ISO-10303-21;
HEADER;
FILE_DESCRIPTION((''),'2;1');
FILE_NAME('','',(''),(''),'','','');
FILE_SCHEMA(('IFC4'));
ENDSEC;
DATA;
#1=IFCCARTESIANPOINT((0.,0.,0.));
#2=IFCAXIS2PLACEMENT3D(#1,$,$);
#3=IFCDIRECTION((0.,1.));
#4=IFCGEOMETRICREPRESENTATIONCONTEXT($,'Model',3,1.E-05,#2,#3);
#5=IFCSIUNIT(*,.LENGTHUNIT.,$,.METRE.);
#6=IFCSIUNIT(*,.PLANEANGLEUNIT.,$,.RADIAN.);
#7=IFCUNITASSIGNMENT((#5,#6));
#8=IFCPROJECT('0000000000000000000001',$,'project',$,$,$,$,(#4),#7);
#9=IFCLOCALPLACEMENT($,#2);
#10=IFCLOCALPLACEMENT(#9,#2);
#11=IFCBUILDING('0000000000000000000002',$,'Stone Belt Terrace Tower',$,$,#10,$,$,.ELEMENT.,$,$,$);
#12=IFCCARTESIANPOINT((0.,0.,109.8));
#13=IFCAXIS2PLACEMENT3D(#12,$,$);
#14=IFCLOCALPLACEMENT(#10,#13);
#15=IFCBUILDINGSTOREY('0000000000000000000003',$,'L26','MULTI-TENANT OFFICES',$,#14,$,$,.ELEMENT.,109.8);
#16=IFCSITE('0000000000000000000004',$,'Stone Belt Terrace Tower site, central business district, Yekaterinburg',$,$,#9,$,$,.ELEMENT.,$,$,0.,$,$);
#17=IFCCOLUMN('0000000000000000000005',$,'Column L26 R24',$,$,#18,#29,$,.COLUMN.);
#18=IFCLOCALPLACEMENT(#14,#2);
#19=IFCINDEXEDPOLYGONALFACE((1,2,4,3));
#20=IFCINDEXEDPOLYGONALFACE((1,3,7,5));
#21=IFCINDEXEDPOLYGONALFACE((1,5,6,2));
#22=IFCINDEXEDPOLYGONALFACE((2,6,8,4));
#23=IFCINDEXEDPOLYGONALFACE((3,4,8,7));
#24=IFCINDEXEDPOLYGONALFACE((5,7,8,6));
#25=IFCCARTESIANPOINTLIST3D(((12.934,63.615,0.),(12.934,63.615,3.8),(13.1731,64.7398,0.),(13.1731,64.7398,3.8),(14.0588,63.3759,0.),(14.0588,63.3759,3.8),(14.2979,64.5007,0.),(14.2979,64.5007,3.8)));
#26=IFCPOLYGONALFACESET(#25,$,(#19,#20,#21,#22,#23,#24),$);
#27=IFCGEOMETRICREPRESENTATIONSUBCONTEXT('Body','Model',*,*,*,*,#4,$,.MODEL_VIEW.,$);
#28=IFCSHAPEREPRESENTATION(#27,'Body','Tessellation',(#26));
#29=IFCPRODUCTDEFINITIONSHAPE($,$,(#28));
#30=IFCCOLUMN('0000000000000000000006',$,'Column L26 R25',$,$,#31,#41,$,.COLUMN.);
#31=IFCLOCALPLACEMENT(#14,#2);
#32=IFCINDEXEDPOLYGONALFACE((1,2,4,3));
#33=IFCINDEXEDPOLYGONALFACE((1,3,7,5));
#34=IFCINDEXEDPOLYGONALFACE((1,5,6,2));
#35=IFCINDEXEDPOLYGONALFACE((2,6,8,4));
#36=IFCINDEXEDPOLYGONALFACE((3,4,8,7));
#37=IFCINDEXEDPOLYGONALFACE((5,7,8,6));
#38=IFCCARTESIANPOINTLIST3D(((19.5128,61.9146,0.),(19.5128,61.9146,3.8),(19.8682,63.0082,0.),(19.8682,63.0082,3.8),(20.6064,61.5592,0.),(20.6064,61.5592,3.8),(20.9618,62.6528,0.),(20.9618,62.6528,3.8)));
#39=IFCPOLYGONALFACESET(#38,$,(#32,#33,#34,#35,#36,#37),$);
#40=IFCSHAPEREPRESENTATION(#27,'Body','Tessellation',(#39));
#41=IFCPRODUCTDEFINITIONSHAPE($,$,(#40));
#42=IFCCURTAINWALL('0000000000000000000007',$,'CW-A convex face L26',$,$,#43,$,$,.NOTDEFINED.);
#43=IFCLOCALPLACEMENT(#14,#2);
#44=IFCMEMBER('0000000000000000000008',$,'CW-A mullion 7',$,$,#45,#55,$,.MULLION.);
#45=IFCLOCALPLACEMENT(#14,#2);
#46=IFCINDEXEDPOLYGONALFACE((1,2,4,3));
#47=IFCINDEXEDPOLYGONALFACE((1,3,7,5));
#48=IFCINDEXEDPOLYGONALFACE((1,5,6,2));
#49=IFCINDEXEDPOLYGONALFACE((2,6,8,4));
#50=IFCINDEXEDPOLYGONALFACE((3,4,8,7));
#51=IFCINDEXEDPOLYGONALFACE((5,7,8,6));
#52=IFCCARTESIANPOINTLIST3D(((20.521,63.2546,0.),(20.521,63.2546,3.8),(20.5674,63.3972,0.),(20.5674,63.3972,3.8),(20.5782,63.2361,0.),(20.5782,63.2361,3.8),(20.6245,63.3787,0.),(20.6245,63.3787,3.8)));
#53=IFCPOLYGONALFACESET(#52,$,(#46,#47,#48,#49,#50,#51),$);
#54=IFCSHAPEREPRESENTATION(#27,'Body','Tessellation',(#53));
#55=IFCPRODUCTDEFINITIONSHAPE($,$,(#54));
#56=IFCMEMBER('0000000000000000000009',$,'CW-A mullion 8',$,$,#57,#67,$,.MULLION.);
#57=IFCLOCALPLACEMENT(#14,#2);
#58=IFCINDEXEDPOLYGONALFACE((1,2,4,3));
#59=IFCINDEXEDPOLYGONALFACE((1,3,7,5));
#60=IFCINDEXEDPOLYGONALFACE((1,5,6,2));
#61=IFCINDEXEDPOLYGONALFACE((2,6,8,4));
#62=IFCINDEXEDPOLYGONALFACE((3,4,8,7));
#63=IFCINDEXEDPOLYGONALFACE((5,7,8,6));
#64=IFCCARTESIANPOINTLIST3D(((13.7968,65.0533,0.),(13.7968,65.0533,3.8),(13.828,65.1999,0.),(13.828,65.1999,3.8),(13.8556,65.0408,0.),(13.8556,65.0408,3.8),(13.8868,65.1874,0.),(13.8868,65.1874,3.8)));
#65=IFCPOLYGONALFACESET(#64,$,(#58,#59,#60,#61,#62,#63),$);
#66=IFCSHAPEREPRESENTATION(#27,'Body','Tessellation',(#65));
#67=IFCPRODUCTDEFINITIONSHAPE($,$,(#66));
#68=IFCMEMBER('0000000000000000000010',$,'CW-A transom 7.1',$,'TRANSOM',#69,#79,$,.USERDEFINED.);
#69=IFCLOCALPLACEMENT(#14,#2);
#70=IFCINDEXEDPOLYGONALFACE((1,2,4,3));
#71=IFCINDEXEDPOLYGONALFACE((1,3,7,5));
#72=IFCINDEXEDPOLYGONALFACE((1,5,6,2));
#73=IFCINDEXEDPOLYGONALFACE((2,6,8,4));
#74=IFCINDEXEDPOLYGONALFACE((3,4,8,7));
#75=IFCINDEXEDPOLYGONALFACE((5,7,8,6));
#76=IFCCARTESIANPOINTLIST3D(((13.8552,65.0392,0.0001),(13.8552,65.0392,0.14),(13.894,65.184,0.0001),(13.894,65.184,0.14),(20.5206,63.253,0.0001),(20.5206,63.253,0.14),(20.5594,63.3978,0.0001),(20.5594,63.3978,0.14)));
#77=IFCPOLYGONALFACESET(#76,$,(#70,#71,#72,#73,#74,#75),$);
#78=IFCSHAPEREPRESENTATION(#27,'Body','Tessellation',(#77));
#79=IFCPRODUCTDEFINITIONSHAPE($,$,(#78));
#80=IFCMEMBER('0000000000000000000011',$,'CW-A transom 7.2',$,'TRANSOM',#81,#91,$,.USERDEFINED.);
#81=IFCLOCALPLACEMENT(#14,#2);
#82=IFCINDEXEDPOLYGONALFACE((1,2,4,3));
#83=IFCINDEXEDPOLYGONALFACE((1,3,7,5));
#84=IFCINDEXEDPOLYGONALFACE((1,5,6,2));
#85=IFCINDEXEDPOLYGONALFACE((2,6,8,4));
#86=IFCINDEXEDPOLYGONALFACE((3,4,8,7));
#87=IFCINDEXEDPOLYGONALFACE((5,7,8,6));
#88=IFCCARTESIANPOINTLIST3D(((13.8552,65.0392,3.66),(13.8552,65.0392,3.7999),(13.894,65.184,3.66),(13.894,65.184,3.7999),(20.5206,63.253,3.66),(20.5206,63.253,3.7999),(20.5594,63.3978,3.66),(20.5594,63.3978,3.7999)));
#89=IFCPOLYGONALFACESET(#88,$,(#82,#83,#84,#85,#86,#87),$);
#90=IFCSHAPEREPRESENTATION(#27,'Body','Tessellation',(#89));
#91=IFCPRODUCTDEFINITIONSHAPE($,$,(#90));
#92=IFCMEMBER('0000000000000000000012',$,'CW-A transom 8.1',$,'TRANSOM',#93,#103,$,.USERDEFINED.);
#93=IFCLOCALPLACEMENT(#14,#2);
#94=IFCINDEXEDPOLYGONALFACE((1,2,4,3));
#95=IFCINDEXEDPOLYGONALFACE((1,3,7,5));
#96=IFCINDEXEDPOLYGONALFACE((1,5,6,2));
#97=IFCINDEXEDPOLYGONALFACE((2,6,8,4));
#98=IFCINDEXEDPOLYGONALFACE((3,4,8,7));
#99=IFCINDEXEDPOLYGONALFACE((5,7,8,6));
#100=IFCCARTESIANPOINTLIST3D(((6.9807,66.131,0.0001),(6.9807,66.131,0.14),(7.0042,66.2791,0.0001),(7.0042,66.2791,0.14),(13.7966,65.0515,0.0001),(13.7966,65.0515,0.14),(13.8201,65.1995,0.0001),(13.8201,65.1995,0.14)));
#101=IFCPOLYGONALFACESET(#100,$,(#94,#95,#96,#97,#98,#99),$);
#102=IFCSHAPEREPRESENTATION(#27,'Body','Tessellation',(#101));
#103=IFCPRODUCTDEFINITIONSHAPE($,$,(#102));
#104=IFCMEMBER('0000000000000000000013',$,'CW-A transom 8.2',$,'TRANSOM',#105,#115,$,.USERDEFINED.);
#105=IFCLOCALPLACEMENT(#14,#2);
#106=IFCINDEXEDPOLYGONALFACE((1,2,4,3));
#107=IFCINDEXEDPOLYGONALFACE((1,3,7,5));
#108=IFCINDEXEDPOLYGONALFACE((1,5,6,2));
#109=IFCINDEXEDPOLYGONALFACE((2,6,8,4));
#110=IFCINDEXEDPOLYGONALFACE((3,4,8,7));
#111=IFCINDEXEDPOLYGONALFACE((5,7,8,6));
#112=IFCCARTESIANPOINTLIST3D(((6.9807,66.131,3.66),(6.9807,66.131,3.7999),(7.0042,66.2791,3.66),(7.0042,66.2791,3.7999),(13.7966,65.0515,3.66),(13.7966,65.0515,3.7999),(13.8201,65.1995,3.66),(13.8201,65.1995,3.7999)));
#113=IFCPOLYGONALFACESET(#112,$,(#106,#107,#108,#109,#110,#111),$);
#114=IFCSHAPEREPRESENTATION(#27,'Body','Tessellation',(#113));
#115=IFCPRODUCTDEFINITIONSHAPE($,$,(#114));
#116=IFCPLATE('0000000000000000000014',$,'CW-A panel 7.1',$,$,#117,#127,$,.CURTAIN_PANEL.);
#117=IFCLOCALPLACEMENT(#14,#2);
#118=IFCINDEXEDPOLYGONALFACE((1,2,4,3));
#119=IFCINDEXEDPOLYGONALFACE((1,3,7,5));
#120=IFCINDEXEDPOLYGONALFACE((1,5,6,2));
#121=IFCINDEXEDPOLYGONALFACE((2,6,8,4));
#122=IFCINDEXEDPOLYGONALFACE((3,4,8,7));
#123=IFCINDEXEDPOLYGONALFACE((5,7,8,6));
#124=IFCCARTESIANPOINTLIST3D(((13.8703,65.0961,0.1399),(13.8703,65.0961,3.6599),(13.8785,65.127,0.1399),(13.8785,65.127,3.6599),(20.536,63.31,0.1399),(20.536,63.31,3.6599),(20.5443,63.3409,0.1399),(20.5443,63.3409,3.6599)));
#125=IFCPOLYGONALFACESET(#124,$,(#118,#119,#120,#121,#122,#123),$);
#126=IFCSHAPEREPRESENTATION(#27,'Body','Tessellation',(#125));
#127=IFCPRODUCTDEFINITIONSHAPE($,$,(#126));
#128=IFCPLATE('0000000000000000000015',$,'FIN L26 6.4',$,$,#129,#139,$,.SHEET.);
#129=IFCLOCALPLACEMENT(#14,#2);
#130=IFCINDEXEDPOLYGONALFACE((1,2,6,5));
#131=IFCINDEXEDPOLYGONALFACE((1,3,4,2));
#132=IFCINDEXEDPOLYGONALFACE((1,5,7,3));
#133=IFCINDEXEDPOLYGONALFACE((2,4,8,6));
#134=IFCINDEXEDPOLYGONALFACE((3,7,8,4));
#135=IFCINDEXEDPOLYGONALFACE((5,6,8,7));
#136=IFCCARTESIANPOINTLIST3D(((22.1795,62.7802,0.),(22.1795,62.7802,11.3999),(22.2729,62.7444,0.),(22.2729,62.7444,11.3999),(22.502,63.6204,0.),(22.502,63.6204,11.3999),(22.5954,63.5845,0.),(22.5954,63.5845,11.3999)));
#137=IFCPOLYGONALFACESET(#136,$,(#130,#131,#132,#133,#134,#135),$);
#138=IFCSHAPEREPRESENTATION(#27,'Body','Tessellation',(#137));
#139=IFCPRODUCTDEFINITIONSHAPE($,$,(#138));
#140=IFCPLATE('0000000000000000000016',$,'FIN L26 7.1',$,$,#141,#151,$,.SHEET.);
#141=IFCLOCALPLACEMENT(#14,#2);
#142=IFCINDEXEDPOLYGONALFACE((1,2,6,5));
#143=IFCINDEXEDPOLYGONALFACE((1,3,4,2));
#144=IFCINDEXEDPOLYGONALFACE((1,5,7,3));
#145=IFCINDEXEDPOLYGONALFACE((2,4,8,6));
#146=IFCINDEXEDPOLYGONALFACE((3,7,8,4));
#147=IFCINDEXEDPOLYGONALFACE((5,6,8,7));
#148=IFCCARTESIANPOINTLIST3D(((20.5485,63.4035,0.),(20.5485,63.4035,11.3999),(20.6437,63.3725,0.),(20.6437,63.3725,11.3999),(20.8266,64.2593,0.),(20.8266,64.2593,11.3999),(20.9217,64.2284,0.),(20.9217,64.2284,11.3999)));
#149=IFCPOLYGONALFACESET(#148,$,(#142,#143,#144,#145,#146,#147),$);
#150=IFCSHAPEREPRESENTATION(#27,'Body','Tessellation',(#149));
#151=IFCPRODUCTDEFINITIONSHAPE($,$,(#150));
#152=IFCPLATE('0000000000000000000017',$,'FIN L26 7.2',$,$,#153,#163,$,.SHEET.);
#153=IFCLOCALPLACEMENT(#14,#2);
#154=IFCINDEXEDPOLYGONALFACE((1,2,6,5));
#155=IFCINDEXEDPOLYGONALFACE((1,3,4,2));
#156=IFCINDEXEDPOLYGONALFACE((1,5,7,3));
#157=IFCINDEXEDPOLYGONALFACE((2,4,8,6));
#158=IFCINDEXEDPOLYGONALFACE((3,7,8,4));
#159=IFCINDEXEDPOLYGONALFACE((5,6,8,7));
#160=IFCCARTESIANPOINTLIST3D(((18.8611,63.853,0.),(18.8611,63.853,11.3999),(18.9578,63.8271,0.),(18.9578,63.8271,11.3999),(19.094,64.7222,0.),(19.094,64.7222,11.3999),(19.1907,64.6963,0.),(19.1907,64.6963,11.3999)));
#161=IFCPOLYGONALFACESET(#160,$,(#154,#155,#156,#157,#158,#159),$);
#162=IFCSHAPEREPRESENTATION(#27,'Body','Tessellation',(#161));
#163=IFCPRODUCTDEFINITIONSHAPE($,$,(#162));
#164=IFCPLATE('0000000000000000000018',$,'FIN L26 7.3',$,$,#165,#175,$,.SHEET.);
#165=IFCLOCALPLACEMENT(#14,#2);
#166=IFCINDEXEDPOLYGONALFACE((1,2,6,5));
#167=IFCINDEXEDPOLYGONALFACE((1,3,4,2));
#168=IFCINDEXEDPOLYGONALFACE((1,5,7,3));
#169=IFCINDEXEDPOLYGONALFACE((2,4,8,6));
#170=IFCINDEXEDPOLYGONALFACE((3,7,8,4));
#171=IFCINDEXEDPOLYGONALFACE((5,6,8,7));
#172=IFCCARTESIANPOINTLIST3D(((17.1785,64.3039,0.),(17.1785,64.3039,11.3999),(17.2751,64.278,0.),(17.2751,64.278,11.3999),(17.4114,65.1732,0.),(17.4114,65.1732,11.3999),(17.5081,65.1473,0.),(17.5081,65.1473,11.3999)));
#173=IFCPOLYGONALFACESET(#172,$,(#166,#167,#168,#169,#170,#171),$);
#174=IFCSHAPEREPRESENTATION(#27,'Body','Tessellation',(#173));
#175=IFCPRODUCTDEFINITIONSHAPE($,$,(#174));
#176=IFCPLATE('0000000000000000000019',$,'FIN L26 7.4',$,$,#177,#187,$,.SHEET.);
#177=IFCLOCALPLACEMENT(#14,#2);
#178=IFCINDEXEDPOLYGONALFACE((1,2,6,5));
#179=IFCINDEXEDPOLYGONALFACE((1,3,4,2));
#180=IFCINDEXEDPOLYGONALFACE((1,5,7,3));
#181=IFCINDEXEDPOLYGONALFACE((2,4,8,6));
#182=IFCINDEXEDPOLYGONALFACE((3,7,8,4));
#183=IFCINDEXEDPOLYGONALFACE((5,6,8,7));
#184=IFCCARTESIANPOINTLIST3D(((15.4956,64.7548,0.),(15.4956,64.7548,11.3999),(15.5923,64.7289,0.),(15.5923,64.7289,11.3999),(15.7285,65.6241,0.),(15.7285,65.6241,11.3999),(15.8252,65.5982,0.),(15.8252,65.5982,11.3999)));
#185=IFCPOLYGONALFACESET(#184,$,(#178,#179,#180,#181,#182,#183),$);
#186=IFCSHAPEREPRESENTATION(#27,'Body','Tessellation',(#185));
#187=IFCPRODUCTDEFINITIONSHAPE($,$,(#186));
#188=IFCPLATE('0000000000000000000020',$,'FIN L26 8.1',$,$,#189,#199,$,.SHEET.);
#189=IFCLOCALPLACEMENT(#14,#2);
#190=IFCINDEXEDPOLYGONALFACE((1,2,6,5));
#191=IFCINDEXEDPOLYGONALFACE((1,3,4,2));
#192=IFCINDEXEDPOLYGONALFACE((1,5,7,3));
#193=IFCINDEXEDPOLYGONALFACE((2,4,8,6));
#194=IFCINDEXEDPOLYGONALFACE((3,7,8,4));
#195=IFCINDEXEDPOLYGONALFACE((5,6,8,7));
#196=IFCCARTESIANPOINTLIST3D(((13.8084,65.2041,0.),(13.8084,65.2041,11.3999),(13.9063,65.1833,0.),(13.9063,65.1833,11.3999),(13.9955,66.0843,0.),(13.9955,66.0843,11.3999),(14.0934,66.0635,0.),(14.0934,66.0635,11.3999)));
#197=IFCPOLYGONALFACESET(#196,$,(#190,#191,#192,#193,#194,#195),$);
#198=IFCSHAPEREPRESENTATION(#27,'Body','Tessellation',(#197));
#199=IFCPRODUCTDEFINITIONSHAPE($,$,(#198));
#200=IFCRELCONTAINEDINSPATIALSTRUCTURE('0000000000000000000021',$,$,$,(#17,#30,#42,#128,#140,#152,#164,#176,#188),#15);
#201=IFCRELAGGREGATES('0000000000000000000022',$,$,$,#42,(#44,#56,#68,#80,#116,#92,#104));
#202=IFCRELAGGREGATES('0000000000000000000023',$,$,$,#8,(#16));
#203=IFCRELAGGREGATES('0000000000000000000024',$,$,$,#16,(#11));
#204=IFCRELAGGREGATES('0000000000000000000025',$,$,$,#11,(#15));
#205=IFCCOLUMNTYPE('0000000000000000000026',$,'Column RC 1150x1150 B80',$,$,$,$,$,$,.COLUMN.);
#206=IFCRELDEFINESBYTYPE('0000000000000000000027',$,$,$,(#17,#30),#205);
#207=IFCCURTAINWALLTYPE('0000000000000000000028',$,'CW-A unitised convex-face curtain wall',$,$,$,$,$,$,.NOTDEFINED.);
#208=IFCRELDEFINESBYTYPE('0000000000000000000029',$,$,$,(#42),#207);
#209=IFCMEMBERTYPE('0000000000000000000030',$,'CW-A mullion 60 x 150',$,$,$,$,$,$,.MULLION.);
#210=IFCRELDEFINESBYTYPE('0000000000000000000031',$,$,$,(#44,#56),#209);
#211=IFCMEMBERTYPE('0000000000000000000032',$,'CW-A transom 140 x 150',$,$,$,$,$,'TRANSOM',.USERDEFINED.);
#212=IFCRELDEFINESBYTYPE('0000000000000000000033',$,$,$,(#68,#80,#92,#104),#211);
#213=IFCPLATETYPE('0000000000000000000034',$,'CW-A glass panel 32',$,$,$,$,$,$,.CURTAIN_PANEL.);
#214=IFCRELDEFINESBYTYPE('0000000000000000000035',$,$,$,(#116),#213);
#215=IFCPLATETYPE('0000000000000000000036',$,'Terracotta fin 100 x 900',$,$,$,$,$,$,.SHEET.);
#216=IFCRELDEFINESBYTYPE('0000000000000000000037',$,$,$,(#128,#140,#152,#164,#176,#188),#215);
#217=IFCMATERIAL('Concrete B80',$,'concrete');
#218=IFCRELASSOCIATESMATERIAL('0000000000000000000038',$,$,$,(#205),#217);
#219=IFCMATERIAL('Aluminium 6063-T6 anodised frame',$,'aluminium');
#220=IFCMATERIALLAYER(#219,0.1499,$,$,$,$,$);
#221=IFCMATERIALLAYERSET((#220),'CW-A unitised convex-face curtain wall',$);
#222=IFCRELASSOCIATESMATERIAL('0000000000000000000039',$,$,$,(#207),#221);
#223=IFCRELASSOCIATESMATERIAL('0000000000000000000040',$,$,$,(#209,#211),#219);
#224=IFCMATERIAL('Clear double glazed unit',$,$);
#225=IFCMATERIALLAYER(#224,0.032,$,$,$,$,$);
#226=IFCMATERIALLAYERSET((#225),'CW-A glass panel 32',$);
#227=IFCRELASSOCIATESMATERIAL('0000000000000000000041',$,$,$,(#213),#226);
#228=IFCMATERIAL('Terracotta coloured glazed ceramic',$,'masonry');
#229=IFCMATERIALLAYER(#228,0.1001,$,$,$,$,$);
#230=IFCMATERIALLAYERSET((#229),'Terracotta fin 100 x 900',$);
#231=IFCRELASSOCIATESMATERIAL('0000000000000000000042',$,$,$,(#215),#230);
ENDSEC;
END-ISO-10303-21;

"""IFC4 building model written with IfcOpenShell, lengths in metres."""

from ifc_helpers import new_model, si_unit, direction, frame, origin, origin_2d, place, context, subcontext, project, spatial, rectangle, extrude, material, layer, layer_set, material_profile, profile_set, type_object, element, aggregate, save


model = new_model("IFC4")

# Units and contexts
model_context = context("Model", 3, precision=1e-05, world=origin(), true_north=direction((0.0, 1.0)))
body_context = subcontext(model_context, "Body", "Model", "MODEL_VIEW")
ifc_project = project(units=[si_unit("LENGTHUNIT", "METRE"), si_unit("PLANEANGLEUNIT", "RADIAN")], contexts=[model_context])

# Site, building, storey
site_placement = place(None, origin())
site = spatial("IfcSite", under=ifc_project, at=site_placement, Name="Stone Belt Terrace Tower site, central business district, Yekaterinburg", CompositionType="ELEMENT", RefElevation=0.0)
building_placement = place(site_placement, origin())
building = spatial("IfcBuilding", under=site, at=building_placement, Name="Stone Belt Terrace Tower", CompositionType="ELEMENT")
storey_placement = place(building_placement, frame((0.0, 0.0, 109.8)))
storey = spatial("IfcBuildingStorey", under=building, at=storey_placement, Name="L26", Description="MULTI-TENANT OFFICES", CompositionType="ELEMENT", Elevation=109.8)

# Columns
ifc_material_1 = material(Name="Concrete B80", Category="concrete")
ifc_material_profile_1 = material_profile(ifc_material_1, rectangle(XDim=1.1499, YDim=1.1499, at=origin_2d()), Name="RC 1150x1150")
ifc_profile_set_1 = profile_set([ifc_material_profile_1], Name="Concrete B80")
column_type = type_object("IfcColumnType", Name="Column RC 1150x1150 B80", PredefinedType="COLUMN", material=ifc_profile_set_1)
for number, where, z_axis, x_axis, name in (
    (1, (13.616, 64.0579, 0.0), (0.0, 0.0, 1.0), (0.978148, -0.207912, 0.0), "Column L26 R24"),
    (2, (20.2373, 62.2837, 0.0), (0.0, 0.0, 1.0), (0.951057, -0.309017, 0.0), "Column L26 R25"),
):
    element("IfcColumn", number, at=place(storey_placement, frame(where, z_axis=z_axis, x_axis=x_axis)), inside=storey, type_object=column_type, Name=name, PredefinedType="COLUMN", context=body_context, shape_type="SweptSolid", body=[
        extrude(rectangle(XDim=1.1499, YDim=1.1499, at=origin_2d()), origin(), (0.0, 0.0, 1.0), 3.8),
    ])

# Curtain wall, members, plate
ifc_material_2 = material(Name="Aluminium 6063-T6 anodised frame", Category="aluminium")
ifc_layer_1 = layer(ifc_material_2, 0.1499)
ifc_layer_set_1 = layer_set([ifc_layer_1], Name="CW-A unitised convex-face curtain wall")
curtain_wall_type = type_object("IfcCurtainWallType", Name="CW-A unitised convex-face curtain wall", PredefinedType="NOTDEFINED", material=ifc_layer_set_1)
curtain_wall_placement = place(storey_placement, origin())
curtain_wall = element("IfcCurtainWall", 3, at=curtain_wall_placement, inside=storey, type_object=curtain_wall_type, Name="CW-A convex face L26", PredefinedType="NOTDEFINED")
ifc_material_profile_2 = material_profile(ifc_material_2, rectangle(XDim=0.1499, YDim=0.0601, at=origin_2d()), Name="Aluminium 6063-T6 60x150")
ifc_profile_set_2 = profile_set([ifc_material_profile_2], Name="Aluminium 6063-T6 anodised frame")
member_type_1 = type_object("IfcMemberType", Name="CW-A mullion 60 x 150", PredefinedType="MULLION", material=ifc_profile_set_2)
member_1_placement = place(storey_placement, frame((20.5728, 63.3167, 0.0), z_axis=(0.0, 0.0, 1.0), x_axis=(-0.309017, -0.951057, 0.0)))
member_1 = element("IfcMember", 4, at=member_1_placement, type_object=member_type_1, Name="CW-A mullion 7", PredefinedType="MULLION", context=body_context, shape_type="SweptSolid", body=[
    extrude(rectangle(XDim=0.1499, YDim=0.0601, at=origin_2d()), origin(), (0.0, 0.0, 1.0), 3.8),
])
member_2_placement = place(storey_placement, frame((13.8418, 65.1204, 0.0), z_axis=(0.0, 0.0, 1.0), x_axis=(-0.207912, -0.978148, 0.0)))
member_2 = element("IfcMember", 5, at=member_2_placement, type_object=member_type_1, Name="CW-A mullion 8", PredefinedType="MULLION", context=body_context, shape_type="SweptSolid", body=[
    extrude(rectangle(XDim=0.1499, YDim=0.0601, at=origin_2d()), origin(), (0.0, 0.0, 1.0), 3.8),
])
ifc_material_profile_3 = material_profile(ifc_material_2, rectangle(XDim=0.1499, YDim=0.1399, at=origin_2d()), Name="Aluminium 6063-T6 150x140")
ifc_profile_set_3 = profile_set([ifc_material_profile_3], Name="Aluminium 6063-T6 anodised frame")
member_type_2 = type_object("IfcMemberType", Name="CW-A transom 140 x 150", ElementType="TRANSOM", PredefinedType="USERDEFINED", material=ifc_profile_set_3)
member_3_placement = place(storey_placement, frame((20.54, 63.3254, 0.0701), z_axis=(-0.965922, 0.258834, 0.0), x_axis=(-0.258834, -0.965922, 0.0)))
member_3 = element("IfcMember", 6, at=member_3_placement, type_object=member_type_2, Name="CW-A transom 7.1", ObjectType="TRANSOM", PredefinedType="USERDEFINED", context=body_context, shape_type="SweptSolid", body=[
    extrude(rectangle(XDim=0.1499, YDim=0.1399, at=origin_2d()), origin(), (0.0, 0.0, 1.0), 6.9006),
])
member_4_placement = place(storey_placement, frame((20.54, 63.3254, 3.73), z_axis=(-0.965922, 0.258834, 0.0), x_axis=(-0.258834, -0.965922, 0.0)))
member_4 = element("IfcMember", 7, at=member_4_placement, type_object=member_type_2, Name="CW-A transom 7.2", ObjectType="TRANSOM", PredefinedType="USERDEFINED", context=body_context, shape_type="SweptSolid", body=[
    extrude(rectangle(XDim=0.1499, YDim=0.1399, at=origin_2d()), origin(), (0.0, 0.0, 1.0), 6.9006),
])
member_5_placement = place(storey_placement, frame((13.8083, 65.1255, 0.0701), z_axis=(-0.987687, 0.156442, 0.0), x_axis=(-0.156442, -0.987687, 0.0)))
member_5 = element("IfcMember", 8, at=member_5_placement, type_object=member_type_2, Name="CW-A transom 8.1", ObjectType="TRANSOM", PredefinedType="USERDEFINED", context=body_context, shape_type="SweptSolid", body=[
    extrude(rectangle(XDim=0.1499, YDim=0.1399, at=origin_2d()), origin(), (0.0, 0.0, 1.0), 6.9009),
])
member_6_placement = place(storey_placement, frame((13.8083, 65.1255, 3.73), z_axis=(-0.987687, 0.156442, 0.0), x_axis=(-0.156442, -0.987687, 0.0)))
member_6 = element("IfcMember", 9, at=member_6_placement, type_object=member_type_2, Name="CW-A transom 8.2", ObjectType="TRANSOM", PredefinedType="USERDEFINED", context=body_context, shape_type="SweptSolid", body=[
    extrude(rectangle(XDim=0.1499, YDim=0.1399, at=origin_2d()), origin(), (0.0, 0.0, 1.0), 6.9009),
])
ifc_material_3 = material(Name="Clear double glazed unit")
ifc_layer_2 = layer(ifc_material_3, 0.032)
ifc_layer_set_2 = layer_set([ifc_layer_2], Name="CW-A glass panel 32")
plate_type_1 = type_object("IfcPlateType", Name="CW-A glass panel 32", PredefinedType="CURTAIN_PANEL", material=ifc_layer_set_2)
plate_placement = place(storey_placement, frame((17.2073, 64.2185, 0.1399), z_axis=(0.0, 0.0, 1.0), x_axis=(-0.965926, 0.258819, 0.0)))
plate = element("IfcPlate", 10, at=plate_placement, type_object=plate_type_1, Name="CW-A panel 7.1", PredefinedType="CURTAIN_PANEL", context=body_context, shape_type="SweptSolid", body=[
    extrude(rectangle(XDim=6.9009, YDim=0.032, at=origin_2d()), origin(), (0.0, 0.0, 1.0), 3.52),
])
aggregate(curtain_wall, [member_1, member_2, member_3, member_4, plate, member_5, member_6])

# Plates
ifc_material_4 = material(Name="Terracotta coloured glazed ceramic", Category="masonry")
ifc_layer_3 = layer(ifc_material_4, 0.1001)
ifc_layer_set_3 = layer_set([ifc_layer_3], Name="Terracotta fin 100 x 900")
plate_type_2 = type_object("IfcPlateType", Name="Terracotta fin 100 x 900", PredefinedType="SHEET", material=ifc_layer_set_3)
for number, where, z_axis, x_axis, name in (
    (11, (22.3875, 63.1824, 0.0), (0.0, 0.0, 1.0), (0.358368, 0.93358, 0.0), "FIN L26 6.4"),
    (12, (20.7351, 63.8159, 0.0), (0.0, 0.0, 1.0), (0.309017, 0.951057, 0.0), "FIN L26 7.1"),
    (13, (19.0259, 64.2747, 0.0), (0.0, 0.0, 1.0), (0.258819, 0.965926, 0.0), "FIN L26 7.2"),
    (14, (17.3433, 64.7256, 0.0), (0.0, 0.0, 1.0), (0.258819, 0.965926, 0.0), "FIN L26 7.3"),
    (15, (15.6604, 65.1765, 0.0), (0.0, 0.0, 1.0), (0.258819, 0.965926, 0.0), "FIN L26 7.4"),
    (16, (13.9509, 65.6338, 0.0), (0.0, 0.0, 1.0), (0.207912, 0.978148, 0.0), "FIN L26 8.1"),
):
    element("IfcPlate", number, at=place(storey_placement, frame(where, z_axis=z_axis, x_axis=x_axis)), inside=storey, type_object=plate_type_2, Name=name, PredefinedType="SHEET", context=body_context, shape_type="SweptSolid", body=[
        extrude(rectangle(XDim=0.8999, YDim=0.1001, at=origin_2d()), origin(), (0.0, 0.0, 1.0), 11.3999),
    ])

save(model, "model.ifc")
